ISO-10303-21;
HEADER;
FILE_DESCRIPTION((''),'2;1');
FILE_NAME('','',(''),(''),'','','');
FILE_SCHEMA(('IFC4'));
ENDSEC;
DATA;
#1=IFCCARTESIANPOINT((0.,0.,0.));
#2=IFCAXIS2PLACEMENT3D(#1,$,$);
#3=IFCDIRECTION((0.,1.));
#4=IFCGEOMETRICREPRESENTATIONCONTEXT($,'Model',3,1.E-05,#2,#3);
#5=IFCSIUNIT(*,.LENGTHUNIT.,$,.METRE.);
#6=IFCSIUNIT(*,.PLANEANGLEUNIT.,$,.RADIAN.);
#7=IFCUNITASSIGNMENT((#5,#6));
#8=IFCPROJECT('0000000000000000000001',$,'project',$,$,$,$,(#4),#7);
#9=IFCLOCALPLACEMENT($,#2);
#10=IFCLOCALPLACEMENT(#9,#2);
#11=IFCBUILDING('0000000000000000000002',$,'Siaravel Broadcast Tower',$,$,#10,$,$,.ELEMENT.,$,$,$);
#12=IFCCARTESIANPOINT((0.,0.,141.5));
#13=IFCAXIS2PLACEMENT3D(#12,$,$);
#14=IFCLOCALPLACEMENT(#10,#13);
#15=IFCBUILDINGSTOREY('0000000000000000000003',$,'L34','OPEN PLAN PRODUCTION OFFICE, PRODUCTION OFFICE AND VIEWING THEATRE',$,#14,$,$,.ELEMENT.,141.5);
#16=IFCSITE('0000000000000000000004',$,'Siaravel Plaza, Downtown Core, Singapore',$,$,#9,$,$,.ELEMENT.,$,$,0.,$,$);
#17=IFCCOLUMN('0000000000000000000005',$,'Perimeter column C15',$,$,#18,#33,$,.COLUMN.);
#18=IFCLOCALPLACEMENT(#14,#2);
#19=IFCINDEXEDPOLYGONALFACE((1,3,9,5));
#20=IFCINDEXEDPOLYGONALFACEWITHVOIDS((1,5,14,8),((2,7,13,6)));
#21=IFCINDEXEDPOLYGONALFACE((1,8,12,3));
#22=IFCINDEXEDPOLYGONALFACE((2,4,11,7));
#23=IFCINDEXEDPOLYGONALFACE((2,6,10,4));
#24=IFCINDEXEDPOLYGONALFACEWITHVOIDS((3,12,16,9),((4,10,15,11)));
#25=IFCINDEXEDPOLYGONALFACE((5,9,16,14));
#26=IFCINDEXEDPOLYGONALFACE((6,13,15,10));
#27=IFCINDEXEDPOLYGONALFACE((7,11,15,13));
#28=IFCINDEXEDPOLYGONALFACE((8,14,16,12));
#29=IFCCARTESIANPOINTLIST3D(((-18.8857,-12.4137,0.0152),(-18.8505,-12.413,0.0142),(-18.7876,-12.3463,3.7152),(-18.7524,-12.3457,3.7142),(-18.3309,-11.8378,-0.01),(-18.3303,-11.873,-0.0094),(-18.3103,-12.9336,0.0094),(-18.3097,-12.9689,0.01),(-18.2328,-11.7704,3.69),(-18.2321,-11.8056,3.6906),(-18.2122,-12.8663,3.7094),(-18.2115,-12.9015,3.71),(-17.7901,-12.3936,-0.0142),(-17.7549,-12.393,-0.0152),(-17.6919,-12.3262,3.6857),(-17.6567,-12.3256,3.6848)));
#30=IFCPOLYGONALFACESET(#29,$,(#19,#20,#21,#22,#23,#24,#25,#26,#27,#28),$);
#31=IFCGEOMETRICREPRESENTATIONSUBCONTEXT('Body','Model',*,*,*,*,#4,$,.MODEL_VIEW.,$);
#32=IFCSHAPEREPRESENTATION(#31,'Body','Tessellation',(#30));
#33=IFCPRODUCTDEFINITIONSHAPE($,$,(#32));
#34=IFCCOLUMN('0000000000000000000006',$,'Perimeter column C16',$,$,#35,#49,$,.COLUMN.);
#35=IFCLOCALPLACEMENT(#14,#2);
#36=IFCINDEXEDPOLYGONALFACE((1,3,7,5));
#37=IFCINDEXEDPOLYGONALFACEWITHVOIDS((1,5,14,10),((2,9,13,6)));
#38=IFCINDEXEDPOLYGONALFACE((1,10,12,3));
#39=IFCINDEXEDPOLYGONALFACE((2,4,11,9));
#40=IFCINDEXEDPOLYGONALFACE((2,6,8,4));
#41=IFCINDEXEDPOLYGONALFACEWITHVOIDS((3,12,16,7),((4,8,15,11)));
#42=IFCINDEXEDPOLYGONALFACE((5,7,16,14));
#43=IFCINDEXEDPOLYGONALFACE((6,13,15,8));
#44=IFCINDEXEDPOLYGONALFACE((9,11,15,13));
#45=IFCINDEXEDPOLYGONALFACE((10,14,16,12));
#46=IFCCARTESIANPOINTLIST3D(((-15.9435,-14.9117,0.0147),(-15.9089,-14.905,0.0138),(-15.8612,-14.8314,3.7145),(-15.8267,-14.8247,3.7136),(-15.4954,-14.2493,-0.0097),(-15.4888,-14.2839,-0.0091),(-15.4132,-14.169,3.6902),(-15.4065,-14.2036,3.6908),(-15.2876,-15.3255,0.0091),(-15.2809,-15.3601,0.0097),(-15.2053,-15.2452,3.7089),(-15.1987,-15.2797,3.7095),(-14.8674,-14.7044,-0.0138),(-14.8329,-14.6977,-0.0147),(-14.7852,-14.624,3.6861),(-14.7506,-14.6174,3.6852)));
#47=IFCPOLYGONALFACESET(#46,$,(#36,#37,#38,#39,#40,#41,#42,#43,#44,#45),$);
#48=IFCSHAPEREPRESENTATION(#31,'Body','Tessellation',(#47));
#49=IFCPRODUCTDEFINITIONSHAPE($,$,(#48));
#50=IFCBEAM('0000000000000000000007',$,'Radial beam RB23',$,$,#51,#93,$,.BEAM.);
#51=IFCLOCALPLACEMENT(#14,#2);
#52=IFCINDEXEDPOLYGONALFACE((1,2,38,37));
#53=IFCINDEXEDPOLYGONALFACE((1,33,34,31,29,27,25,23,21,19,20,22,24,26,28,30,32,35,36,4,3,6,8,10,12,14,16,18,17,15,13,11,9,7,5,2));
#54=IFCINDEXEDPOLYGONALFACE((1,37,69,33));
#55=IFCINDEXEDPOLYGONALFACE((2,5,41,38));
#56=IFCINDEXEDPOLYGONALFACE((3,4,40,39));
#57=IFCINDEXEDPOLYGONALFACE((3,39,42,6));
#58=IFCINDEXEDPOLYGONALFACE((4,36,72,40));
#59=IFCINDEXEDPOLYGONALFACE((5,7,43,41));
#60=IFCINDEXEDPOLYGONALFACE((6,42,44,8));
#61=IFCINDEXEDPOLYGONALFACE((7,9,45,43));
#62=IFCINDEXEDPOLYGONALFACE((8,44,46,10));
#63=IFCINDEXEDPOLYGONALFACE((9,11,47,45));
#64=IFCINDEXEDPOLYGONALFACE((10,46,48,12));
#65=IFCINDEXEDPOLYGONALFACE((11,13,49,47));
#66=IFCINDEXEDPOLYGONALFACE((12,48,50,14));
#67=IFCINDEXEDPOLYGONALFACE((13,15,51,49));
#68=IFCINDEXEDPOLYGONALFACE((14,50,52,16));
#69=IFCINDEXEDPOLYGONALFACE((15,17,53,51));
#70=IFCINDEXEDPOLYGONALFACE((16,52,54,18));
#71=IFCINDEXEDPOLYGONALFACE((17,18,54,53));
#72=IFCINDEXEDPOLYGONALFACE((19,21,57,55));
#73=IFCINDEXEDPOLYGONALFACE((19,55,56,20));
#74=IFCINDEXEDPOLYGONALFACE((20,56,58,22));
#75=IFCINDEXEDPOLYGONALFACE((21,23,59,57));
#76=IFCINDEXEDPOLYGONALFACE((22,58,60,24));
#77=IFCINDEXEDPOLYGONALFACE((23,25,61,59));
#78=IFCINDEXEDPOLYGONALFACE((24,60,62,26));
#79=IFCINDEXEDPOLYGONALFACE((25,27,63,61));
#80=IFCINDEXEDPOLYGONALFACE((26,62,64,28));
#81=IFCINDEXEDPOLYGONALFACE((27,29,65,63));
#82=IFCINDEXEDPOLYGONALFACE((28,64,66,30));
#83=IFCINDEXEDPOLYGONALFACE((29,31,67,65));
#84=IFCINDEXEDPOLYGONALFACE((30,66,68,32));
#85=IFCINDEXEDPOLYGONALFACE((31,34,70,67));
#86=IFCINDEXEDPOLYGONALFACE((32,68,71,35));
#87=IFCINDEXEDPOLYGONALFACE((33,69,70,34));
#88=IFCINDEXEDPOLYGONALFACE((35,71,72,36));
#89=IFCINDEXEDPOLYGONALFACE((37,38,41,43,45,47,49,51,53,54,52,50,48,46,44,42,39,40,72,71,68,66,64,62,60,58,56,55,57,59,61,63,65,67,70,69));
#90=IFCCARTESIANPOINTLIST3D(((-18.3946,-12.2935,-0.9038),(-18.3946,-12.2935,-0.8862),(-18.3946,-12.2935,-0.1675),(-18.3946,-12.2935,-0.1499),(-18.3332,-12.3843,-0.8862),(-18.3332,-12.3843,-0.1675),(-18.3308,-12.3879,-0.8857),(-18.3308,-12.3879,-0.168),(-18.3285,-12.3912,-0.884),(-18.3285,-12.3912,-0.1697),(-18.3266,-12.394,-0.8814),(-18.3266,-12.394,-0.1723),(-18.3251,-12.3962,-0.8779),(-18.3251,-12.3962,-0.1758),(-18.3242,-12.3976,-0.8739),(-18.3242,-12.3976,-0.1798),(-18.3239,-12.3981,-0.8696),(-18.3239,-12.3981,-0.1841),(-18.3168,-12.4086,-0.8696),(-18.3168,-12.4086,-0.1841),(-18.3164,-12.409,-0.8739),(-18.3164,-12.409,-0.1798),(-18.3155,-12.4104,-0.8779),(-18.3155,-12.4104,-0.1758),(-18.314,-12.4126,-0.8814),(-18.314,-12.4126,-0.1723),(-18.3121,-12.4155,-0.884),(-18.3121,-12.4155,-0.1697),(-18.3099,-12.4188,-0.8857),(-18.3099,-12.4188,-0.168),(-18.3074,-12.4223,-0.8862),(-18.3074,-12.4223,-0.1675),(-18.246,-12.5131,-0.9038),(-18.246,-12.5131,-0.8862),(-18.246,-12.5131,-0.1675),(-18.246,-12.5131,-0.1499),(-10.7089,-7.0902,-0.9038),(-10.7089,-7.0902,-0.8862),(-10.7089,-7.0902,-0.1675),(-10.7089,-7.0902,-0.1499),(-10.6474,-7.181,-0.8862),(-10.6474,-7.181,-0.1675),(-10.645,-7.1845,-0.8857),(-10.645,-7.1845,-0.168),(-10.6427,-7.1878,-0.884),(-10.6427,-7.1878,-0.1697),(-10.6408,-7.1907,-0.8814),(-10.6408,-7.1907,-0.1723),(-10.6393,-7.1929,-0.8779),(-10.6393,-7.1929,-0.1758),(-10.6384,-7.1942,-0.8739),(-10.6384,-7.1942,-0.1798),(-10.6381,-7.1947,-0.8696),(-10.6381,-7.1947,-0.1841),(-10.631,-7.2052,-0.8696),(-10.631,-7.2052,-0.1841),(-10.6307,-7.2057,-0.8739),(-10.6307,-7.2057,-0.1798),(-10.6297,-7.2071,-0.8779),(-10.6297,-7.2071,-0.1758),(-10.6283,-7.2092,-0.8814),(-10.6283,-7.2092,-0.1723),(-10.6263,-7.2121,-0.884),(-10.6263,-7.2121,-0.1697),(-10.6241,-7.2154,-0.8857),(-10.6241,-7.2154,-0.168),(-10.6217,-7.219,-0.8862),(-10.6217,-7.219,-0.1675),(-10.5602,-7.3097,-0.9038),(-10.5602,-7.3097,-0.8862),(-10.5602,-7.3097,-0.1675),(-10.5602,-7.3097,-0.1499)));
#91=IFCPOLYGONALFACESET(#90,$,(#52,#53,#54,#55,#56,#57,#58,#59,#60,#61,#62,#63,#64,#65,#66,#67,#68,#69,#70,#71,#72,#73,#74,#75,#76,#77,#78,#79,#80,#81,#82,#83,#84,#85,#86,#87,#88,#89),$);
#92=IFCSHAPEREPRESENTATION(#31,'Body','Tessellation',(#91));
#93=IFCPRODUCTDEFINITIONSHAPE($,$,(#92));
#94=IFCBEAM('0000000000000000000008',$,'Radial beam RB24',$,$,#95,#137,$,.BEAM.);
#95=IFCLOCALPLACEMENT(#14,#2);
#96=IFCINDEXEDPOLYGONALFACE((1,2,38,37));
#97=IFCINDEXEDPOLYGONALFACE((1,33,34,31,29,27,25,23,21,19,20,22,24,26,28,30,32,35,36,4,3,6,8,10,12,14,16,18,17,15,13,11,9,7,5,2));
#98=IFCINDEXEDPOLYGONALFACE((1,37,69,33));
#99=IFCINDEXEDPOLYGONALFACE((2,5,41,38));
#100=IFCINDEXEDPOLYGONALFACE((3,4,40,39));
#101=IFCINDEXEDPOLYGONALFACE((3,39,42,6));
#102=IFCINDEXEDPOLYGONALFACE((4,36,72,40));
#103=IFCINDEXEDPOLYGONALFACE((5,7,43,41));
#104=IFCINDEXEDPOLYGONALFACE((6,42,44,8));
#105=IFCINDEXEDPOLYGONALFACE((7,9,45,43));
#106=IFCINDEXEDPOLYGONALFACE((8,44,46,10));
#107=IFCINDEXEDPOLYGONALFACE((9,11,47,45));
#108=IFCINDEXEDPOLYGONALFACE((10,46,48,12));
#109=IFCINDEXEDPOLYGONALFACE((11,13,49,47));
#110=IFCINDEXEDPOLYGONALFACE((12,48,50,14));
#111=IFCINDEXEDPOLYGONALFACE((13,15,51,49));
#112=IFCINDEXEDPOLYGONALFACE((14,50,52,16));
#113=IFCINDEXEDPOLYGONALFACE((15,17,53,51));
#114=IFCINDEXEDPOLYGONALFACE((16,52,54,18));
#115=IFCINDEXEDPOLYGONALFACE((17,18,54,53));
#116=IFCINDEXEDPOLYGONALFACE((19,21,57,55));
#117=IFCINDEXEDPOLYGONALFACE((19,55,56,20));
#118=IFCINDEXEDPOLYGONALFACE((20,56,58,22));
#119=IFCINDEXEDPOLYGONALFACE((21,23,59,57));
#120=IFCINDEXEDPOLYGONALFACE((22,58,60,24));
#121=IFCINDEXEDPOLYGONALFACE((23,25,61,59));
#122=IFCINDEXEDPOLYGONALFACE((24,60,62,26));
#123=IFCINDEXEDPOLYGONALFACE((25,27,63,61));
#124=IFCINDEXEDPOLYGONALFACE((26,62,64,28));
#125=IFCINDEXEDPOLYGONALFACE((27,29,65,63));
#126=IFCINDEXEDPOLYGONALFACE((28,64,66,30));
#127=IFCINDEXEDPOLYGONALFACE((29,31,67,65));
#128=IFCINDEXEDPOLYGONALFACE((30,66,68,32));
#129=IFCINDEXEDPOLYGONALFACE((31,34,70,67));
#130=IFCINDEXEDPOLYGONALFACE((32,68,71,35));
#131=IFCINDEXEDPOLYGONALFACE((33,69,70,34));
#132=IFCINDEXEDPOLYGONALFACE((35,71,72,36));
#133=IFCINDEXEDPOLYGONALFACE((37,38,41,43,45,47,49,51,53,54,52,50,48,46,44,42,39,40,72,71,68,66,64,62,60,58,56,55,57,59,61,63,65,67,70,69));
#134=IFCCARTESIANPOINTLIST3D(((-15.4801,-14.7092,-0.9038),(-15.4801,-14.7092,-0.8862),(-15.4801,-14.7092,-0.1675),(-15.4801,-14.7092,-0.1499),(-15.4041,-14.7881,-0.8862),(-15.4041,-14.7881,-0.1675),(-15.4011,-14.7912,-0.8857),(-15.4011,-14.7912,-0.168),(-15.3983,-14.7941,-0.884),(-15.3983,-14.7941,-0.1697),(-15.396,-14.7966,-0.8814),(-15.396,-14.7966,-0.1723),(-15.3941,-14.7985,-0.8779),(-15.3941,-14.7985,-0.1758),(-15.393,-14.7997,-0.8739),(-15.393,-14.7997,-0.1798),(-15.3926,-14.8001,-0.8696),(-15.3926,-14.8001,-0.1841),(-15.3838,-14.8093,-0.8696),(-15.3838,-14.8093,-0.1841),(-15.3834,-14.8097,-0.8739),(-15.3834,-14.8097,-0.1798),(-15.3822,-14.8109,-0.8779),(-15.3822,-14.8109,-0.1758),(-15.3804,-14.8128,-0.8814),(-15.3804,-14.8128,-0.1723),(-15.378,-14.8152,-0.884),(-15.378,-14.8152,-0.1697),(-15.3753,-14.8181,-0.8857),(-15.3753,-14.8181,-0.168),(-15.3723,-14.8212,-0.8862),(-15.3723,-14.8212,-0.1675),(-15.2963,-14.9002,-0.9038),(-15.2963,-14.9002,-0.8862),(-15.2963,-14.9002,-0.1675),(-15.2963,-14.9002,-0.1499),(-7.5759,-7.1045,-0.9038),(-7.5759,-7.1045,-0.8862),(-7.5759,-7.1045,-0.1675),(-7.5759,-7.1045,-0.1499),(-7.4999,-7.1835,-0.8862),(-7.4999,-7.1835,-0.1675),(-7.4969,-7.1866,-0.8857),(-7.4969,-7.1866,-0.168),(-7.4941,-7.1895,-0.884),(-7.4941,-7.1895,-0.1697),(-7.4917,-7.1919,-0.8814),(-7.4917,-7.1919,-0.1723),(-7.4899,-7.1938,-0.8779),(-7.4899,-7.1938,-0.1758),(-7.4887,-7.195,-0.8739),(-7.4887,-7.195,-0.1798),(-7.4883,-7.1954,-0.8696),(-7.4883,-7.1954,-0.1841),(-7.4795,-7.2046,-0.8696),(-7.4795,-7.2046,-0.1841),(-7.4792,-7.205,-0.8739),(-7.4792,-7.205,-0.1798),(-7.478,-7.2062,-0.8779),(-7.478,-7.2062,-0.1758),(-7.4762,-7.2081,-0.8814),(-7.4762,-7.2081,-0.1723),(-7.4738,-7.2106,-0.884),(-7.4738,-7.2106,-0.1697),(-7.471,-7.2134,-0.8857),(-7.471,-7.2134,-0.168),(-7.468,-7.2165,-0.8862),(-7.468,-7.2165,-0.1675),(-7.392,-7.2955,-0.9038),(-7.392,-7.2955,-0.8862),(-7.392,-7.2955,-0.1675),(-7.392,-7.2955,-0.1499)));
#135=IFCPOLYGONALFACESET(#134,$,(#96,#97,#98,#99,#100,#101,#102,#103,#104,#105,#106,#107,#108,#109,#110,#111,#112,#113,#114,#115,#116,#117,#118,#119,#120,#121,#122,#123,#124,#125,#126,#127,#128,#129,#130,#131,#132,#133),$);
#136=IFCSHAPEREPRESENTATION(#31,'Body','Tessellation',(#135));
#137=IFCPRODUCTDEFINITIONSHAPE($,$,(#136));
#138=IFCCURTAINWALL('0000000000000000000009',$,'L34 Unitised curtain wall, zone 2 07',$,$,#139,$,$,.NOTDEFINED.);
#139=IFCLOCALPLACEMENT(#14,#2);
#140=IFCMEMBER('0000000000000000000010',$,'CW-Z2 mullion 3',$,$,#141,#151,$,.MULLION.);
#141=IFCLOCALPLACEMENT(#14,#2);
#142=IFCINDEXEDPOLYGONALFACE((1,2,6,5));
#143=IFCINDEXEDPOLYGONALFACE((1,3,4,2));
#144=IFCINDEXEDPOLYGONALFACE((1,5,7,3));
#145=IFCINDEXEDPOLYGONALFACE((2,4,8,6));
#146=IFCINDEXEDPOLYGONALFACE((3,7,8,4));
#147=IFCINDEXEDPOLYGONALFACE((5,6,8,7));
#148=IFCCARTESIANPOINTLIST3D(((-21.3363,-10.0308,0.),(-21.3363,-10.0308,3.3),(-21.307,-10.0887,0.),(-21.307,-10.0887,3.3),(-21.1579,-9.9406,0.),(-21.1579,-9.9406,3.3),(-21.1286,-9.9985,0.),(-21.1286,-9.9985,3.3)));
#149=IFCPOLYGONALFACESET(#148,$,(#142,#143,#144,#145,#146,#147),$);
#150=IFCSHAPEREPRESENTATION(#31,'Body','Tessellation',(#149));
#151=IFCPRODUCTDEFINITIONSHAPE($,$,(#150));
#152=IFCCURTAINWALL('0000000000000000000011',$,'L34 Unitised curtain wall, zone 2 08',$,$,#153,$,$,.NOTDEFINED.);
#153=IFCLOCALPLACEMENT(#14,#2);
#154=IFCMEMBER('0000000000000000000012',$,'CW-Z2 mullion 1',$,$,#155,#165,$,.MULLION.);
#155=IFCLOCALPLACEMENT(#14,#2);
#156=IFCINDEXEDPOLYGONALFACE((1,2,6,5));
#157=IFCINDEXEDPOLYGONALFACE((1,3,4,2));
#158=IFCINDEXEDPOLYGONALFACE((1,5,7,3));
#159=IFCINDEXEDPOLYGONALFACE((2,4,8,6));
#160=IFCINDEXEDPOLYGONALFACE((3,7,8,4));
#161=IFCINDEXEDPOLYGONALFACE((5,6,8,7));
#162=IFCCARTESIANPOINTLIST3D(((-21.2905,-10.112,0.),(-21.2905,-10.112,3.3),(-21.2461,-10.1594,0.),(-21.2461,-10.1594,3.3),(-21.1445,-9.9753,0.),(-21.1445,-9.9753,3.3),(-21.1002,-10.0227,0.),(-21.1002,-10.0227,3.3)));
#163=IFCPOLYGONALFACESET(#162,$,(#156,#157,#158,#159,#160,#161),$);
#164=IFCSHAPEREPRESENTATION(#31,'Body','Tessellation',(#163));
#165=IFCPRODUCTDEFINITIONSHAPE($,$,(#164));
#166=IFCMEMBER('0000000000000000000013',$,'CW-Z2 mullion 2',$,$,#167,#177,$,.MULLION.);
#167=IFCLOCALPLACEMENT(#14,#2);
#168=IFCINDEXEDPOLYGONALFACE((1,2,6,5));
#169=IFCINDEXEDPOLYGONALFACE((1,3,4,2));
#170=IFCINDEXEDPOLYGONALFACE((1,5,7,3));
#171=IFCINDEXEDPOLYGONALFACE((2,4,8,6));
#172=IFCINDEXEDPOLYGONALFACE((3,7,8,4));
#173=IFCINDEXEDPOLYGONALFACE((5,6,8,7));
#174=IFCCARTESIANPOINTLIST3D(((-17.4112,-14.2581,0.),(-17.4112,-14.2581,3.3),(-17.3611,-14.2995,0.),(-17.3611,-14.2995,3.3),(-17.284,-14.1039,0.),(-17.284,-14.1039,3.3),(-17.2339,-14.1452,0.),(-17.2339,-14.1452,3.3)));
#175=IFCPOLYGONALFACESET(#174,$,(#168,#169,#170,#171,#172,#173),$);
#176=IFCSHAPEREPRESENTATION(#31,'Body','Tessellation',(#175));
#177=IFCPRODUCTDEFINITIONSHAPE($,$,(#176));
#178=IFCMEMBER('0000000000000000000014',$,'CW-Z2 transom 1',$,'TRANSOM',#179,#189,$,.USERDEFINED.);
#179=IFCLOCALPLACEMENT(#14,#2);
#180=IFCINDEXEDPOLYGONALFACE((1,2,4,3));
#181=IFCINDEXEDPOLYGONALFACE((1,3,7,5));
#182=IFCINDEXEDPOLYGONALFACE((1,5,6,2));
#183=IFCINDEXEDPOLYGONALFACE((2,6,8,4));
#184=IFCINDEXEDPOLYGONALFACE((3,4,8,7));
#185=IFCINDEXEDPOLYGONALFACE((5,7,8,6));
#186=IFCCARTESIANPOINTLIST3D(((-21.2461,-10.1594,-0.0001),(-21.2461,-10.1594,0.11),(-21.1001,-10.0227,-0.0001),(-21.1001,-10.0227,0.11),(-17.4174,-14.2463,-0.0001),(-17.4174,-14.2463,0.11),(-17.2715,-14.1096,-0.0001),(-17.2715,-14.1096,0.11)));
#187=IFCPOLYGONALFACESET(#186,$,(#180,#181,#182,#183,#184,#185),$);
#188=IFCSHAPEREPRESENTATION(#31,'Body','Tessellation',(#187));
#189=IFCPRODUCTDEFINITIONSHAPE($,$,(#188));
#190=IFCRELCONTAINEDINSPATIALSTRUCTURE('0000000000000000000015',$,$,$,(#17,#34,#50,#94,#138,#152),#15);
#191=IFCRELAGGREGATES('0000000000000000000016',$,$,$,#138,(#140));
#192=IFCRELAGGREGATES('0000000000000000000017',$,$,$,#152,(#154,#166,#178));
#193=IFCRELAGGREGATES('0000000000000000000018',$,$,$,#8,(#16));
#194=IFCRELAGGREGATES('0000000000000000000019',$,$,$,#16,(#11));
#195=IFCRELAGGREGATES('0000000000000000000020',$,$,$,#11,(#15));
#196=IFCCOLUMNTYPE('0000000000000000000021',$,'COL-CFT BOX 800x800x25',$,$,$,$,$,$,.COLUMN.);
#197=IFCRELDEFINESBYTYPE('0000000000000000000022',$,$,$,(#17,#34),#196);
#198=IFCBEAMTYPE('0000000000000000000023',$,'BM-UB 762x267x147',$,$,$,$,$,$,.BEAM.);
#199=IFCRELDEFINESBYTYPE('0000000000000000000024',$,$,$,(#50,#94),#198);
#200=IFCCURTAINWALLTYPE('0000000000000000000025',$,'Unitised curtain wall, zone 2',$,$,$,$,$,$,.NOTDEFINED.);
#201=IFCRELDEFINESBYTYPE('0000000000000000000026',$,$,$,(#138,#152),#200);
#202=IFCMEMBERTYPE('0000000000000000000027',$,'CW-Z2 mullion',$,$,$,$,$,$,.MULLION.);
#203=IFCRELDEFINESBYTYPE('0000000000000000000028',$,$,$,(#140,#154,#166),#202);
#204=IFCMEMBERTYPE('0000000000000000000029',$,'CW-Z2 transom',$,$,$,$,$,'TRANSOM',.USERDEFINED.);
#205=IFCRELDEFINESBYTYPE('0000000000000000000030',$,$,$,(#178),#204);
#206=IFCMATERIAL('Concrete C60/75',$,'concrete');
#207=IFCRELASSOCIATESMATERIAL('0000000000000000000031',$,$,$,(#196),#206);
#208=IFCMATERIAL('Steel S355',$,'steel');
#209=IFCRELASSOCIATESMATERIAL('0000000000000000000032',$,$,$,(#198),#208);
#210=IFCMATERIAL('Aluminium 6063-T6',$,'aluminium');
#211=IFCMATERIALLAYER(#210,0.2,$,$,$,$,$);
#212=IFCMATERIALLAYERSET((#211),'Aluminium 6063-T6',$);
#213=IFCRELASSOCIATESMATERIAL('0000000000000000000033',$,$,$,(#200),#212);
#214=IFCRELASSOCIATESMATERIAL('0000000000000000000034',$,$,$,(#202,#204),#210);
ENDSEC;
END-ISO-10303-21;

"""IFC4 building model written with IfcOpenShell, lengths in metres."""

from ifc_helpers import new_model, si_unit, direction, frame, origin, origin_2d, place, context, subcontext, project, spatial, rectangle, hollow_rectangle, i_section, extrude, material, layer, layer_set, material_profile, profile_set, type_object, element, aggregate, save


model = new_model("IFC4")

# Units and contexts
model_context = context("Model", 3, precision=1e-05, world=origin(), true_north=direction((0.0, 1.0)))
body_context = subcontext(model_context, "Body", "Model", "MODEL_VIEW")
ifc_project = project(units=[si_unit("LENGTHUNIT", "METRE"), si_unit("PLANEANGLEUNIT", "RADIAN")], contexts=[model_context])

# Site, building, storey
site_placement = place(None, origin())
site = spatial("IfcSite", under=ifc_project, at=site_placement, Name="Siaravel Plaza, Downtown Core, Singapore", CompositionType="ELEMENT", RefElevation=0.0)
building_placement = place(site_placement, origin())
building = spatial("IfcBuilding", under=site, at=building_placement, Name="Siaravel Broadcast Tower", CompositionType="ELEMENT")
storey_placement = place(building_placement, frame((0.0, 0.0, 141.5)))
storey = spatial("IfcBuildingStorey", under=building, at=storey_placement, Name="L34", Description="OPEN PLAN PRODUCTION OFFICE, PRODUCTION OFFICE AND VIEWING THEATRE", CompositionType="ELEMENT", Elevation=141.5)

# Columns
ifc_material_1 = material(Name="Concrete C60/75", Category="concrete")
ifc_material_profile_1 = material_profile(ifc_material_1, hollow_rectangle(XDim=0.8, YDim=0.8, WallThickness=0.0249, at=origin_2d()))
ifc_profile_set_1 = profile_set([ifc_material_profile_1], Name="Concrete C60/75")
column_type = type_object("IfcColumnType", Name="COL-CFT BOX 800x800x25", PredefinedType="COLUMN", material=ifc_profile_set_1)
column_1_placement = place(storey_placement, frame((-18.3203, -12.4033, 0.0), z_axis=(0.026512, 0.018202, 0.999483), x_axis=(-0.72002, 0.693923, 0.006462)))
element("IfcColumn", 1, at=column_1_placement, inside=storey, type_object=column_type, Name="Perimeter column C15", PredefinedType="COLUMN", context=body_context, shape_type="SweptSolid", body=[
    extrude(hollow_rectangle(XDim=0.8, YDim=0.8, WallThickness=0.0249, at=origin_2d()), origin(), (0.0, 0.0, 1.0), 3.7019),
])
column_2_placement = place(storey_placement, frame((-15.3882, -14.8047, 0.0), z_axis=(0.022226, 0.021699, 0.999517), x_axis=(-0.828165, 0.56045, 0.006249)))
element("IfcColumn", 2, at=column_2_placement, inside=storey, type_object=column_type, Name="Perimeter column C16", PredefinedType="COLUMN", context=body_context, shape_type="SweptSolid", body=[
    extrude(hollow_rectangle(XDim=0.8, YDim=0.8, WallThickness=0.0249, at=origin_2d()), origin(), (0.0, 0.0, 1.0), 3.7017),
])

# Beams
ifc_material_2 = material(Name="Steel S355", Category="steel")
ifc_material_profile_2 = material_profile(ifc_material_2, i_section(OverallWidth=0.2651, OverallDepth=0.7539, WebThickness=0.0127, FlangeThickness=0.0176, FilletRadius=0.0166, at=origin_2d()))
ifc_profile_set_2 = profile_set([ifc_material_profile_2], Name="Steel S355")
beam_type = type_object("IfcBeamType", Name="BM-UB 762x267x147", PredefinedType="BEAM", material=ifc_profile_set_2)
beam_1_placement = place(storey_placement, frame((-18.3203, -12.4033, -0.5269), z_axis=(0.828075, 0.560617, 0.0), x_axis=(-0.560617, 0.828075, 0.0)))
element("IfcBeam", 3, at=beam_1_placement, inside=storey, type_object=beam_type, Name="Radial beam RB23", PredefinedType="BEAM", context=body_context, shape_type="SweptSolid", body=[
    extrude(i_section(OverallWidth=0.2651, OverallDepth=0.7539, WebThickness=0.0127, FlangeThickness=0.0176, FilletRadius=0.0166, at=origin_2d()), origin(), (0.0, 0.0, 1.0), 9.2815),
])
beam_2_placement = place(storey_placement, frame((-15.3882, -14.8047, -0.5269), z_axis=(0.72063, 0.69332, 0.0), x_axis=(-0.69332, 0.72063, 0.0)))
element("IfcBeam", 4, at=beam_2_placement, inside=storey, type_object=beam_type, Name="Radial beam RB24", PredefinedType="BEAM", context=body_context, shape_type="SweptSolid", body=[
    extrude(i_section(OverallWidth=0.2651, OverallDepth=0.7539, WebThickness=0.0127, FlangeThickness=0.0176, FilletRadius=0.0166, at=origin_2d()), origin(), (0.0, 0.0, 1.0), 10.9685),
])

# Curtain wall, member
ifc_material_3 = material(Name="Aluminium 6063-T6", Category="aluminium")
ifc_layer_1 = layer(ifc_material_3, 0.2)
ifc_layer_set_1 = layer_set([ifc_layer_1], Name="Aluminium 6063-T6")
curtain_wall_type = type_object("IfcCurtainWallType", Name="Unitised curtain wall, zone 2", PredefinedType="NOTDEFINED", material=ifc_layer_set_1)
curtain_wall_1_placement = place(storey_placement, origin())
curtain_wall_1 = element("IfcCurtainWall", 5, at=curtain_wall_1_placement, inside=storey, type_object=curtain_wall_type, Name="L34 Unitised curtain wall, zone 2 07", PredefinedType="NOTDEFINED")
ifc_material_profile_3 = material_profile(ifc_material_3, rectangle(XDim=0.2, YDim=0.0649, at=origin_2d()))
ifc_profile_set_3 = profile_set([ifc_material_profile_3], Name="Aluminium 6063-T6")
member_type_1 = type_object("IfcMemberType", Name="CW-Z2 mullion", PredefinedType="MULLION", material=ifc_profile_set_3)
member_1_placement = place(storey_placement, frame((-21.2324, -10.0146, 0.0), z_axis=(0.0, 0.0, 1.0), x_axis=(0.892392, 0.45126, 0.0)))
member_1 = element("IfcMember", 6, at=member_1_placement, type_object=member_type_1, Name="CW-Z2 mullion 3", PredefinedType="MULLION", context=body_context, shape_type="SweptSolid", body=[
    extrude(rectangle(XDim=0.2, YDim=0.0649, at=origin_2d()), origin(), (0.0, 0.0, 1.0), 3.3),
])
aggregate(curtain_wall_1, [member_1])

# Curtain wall, members
curtain_wall_2_placement = place(storey_placement, origin())
curtain_wall_2 = element("IfcCurtainWall", 7, at=curtain_wall_2_placement, inside=storey, type_object=curtain_wall_type, Name="L34 Unitised curtain wall, zone 2 08", PredefinedType="NOTDEFINED")
member_2_placement = place(storey_placement, frame((-21.1953, -10.0674, 0.0), z_axis=(0.0, 0.0, 1.0), x_axis=(0.729806, 0.683655, 0.0)))
member_2 = element("IfcMember", 8, at=member_2_placement, type_object=member_type_1, Name="CW-Z2 mullion 1", PredefinedType="MULLION", context=body_context, shape_type="SweptSolid", body=[
    extrude(rectangle(XDim=0.2, YDim=0.0649, at=origin_2d()), origin(), (0.0, 0.0, 1.0), 3.3),
])
member_3_placement = place(storey_placement, frame((-17.3225, -14.2017, 0.0), z_axis=(0.0, 0.0, 1.0), x_axis=(0.636219, 0.771508, 0.0)))
member_3 = element("IfcMember", 9, at=member_3_placement, type_object=member_type_1, Name="CW-Z2 mullion 2", PredefinedType="MULLION", context=body_context, shape_type="SweptSolid", body=[
    extrude(rectangle(XDim=0.2, YDim=0.0649, at=origin_2d()), origin(), (0.0, 0.0, 1.0), 3.3),
])
ifc_material_profile_4 = material_profile(ifc_material_3, rectangle(XDim=0.2, YDim=0.1101, at=origin_2d()))
ifc_profile_set_4 = profile_set([ifc_material_profile_4], Name="Aluminium 6063-T6")
member_type_2 = type_object("IfcMemberType", Name="CW-Z2 transom", ElementType="TRANSOM", PredefinedType="USERDEFINED", material=ifc_profile_set_4)
member_4_placement = place(storey_placement, frame((-21.1731, -10.0911, 0.0549), z_axis=(0.683668, -0.729793, 0.0), x_axis=(0.729793, 0.683668, 0.0)))
member_4 = element("IfcMember", 10, at=member_4_placement, type_object=member_type_2, Name="CW-Z2 transom 1", ObjectType="TRANSOM", PredefinedType="USERDEFINED", context=body_context, shape_type="SweptSolid", body=[
    extrude(rectangle(XDim=0.2, YDim=0.1101, at=origin_2d()), origin(), (0.0, 0.0, 1.0), 5.6001),
])

aggregate(curtain_wall_2, [member_2, member_3, member_4])

save(model, "model.ifc")
